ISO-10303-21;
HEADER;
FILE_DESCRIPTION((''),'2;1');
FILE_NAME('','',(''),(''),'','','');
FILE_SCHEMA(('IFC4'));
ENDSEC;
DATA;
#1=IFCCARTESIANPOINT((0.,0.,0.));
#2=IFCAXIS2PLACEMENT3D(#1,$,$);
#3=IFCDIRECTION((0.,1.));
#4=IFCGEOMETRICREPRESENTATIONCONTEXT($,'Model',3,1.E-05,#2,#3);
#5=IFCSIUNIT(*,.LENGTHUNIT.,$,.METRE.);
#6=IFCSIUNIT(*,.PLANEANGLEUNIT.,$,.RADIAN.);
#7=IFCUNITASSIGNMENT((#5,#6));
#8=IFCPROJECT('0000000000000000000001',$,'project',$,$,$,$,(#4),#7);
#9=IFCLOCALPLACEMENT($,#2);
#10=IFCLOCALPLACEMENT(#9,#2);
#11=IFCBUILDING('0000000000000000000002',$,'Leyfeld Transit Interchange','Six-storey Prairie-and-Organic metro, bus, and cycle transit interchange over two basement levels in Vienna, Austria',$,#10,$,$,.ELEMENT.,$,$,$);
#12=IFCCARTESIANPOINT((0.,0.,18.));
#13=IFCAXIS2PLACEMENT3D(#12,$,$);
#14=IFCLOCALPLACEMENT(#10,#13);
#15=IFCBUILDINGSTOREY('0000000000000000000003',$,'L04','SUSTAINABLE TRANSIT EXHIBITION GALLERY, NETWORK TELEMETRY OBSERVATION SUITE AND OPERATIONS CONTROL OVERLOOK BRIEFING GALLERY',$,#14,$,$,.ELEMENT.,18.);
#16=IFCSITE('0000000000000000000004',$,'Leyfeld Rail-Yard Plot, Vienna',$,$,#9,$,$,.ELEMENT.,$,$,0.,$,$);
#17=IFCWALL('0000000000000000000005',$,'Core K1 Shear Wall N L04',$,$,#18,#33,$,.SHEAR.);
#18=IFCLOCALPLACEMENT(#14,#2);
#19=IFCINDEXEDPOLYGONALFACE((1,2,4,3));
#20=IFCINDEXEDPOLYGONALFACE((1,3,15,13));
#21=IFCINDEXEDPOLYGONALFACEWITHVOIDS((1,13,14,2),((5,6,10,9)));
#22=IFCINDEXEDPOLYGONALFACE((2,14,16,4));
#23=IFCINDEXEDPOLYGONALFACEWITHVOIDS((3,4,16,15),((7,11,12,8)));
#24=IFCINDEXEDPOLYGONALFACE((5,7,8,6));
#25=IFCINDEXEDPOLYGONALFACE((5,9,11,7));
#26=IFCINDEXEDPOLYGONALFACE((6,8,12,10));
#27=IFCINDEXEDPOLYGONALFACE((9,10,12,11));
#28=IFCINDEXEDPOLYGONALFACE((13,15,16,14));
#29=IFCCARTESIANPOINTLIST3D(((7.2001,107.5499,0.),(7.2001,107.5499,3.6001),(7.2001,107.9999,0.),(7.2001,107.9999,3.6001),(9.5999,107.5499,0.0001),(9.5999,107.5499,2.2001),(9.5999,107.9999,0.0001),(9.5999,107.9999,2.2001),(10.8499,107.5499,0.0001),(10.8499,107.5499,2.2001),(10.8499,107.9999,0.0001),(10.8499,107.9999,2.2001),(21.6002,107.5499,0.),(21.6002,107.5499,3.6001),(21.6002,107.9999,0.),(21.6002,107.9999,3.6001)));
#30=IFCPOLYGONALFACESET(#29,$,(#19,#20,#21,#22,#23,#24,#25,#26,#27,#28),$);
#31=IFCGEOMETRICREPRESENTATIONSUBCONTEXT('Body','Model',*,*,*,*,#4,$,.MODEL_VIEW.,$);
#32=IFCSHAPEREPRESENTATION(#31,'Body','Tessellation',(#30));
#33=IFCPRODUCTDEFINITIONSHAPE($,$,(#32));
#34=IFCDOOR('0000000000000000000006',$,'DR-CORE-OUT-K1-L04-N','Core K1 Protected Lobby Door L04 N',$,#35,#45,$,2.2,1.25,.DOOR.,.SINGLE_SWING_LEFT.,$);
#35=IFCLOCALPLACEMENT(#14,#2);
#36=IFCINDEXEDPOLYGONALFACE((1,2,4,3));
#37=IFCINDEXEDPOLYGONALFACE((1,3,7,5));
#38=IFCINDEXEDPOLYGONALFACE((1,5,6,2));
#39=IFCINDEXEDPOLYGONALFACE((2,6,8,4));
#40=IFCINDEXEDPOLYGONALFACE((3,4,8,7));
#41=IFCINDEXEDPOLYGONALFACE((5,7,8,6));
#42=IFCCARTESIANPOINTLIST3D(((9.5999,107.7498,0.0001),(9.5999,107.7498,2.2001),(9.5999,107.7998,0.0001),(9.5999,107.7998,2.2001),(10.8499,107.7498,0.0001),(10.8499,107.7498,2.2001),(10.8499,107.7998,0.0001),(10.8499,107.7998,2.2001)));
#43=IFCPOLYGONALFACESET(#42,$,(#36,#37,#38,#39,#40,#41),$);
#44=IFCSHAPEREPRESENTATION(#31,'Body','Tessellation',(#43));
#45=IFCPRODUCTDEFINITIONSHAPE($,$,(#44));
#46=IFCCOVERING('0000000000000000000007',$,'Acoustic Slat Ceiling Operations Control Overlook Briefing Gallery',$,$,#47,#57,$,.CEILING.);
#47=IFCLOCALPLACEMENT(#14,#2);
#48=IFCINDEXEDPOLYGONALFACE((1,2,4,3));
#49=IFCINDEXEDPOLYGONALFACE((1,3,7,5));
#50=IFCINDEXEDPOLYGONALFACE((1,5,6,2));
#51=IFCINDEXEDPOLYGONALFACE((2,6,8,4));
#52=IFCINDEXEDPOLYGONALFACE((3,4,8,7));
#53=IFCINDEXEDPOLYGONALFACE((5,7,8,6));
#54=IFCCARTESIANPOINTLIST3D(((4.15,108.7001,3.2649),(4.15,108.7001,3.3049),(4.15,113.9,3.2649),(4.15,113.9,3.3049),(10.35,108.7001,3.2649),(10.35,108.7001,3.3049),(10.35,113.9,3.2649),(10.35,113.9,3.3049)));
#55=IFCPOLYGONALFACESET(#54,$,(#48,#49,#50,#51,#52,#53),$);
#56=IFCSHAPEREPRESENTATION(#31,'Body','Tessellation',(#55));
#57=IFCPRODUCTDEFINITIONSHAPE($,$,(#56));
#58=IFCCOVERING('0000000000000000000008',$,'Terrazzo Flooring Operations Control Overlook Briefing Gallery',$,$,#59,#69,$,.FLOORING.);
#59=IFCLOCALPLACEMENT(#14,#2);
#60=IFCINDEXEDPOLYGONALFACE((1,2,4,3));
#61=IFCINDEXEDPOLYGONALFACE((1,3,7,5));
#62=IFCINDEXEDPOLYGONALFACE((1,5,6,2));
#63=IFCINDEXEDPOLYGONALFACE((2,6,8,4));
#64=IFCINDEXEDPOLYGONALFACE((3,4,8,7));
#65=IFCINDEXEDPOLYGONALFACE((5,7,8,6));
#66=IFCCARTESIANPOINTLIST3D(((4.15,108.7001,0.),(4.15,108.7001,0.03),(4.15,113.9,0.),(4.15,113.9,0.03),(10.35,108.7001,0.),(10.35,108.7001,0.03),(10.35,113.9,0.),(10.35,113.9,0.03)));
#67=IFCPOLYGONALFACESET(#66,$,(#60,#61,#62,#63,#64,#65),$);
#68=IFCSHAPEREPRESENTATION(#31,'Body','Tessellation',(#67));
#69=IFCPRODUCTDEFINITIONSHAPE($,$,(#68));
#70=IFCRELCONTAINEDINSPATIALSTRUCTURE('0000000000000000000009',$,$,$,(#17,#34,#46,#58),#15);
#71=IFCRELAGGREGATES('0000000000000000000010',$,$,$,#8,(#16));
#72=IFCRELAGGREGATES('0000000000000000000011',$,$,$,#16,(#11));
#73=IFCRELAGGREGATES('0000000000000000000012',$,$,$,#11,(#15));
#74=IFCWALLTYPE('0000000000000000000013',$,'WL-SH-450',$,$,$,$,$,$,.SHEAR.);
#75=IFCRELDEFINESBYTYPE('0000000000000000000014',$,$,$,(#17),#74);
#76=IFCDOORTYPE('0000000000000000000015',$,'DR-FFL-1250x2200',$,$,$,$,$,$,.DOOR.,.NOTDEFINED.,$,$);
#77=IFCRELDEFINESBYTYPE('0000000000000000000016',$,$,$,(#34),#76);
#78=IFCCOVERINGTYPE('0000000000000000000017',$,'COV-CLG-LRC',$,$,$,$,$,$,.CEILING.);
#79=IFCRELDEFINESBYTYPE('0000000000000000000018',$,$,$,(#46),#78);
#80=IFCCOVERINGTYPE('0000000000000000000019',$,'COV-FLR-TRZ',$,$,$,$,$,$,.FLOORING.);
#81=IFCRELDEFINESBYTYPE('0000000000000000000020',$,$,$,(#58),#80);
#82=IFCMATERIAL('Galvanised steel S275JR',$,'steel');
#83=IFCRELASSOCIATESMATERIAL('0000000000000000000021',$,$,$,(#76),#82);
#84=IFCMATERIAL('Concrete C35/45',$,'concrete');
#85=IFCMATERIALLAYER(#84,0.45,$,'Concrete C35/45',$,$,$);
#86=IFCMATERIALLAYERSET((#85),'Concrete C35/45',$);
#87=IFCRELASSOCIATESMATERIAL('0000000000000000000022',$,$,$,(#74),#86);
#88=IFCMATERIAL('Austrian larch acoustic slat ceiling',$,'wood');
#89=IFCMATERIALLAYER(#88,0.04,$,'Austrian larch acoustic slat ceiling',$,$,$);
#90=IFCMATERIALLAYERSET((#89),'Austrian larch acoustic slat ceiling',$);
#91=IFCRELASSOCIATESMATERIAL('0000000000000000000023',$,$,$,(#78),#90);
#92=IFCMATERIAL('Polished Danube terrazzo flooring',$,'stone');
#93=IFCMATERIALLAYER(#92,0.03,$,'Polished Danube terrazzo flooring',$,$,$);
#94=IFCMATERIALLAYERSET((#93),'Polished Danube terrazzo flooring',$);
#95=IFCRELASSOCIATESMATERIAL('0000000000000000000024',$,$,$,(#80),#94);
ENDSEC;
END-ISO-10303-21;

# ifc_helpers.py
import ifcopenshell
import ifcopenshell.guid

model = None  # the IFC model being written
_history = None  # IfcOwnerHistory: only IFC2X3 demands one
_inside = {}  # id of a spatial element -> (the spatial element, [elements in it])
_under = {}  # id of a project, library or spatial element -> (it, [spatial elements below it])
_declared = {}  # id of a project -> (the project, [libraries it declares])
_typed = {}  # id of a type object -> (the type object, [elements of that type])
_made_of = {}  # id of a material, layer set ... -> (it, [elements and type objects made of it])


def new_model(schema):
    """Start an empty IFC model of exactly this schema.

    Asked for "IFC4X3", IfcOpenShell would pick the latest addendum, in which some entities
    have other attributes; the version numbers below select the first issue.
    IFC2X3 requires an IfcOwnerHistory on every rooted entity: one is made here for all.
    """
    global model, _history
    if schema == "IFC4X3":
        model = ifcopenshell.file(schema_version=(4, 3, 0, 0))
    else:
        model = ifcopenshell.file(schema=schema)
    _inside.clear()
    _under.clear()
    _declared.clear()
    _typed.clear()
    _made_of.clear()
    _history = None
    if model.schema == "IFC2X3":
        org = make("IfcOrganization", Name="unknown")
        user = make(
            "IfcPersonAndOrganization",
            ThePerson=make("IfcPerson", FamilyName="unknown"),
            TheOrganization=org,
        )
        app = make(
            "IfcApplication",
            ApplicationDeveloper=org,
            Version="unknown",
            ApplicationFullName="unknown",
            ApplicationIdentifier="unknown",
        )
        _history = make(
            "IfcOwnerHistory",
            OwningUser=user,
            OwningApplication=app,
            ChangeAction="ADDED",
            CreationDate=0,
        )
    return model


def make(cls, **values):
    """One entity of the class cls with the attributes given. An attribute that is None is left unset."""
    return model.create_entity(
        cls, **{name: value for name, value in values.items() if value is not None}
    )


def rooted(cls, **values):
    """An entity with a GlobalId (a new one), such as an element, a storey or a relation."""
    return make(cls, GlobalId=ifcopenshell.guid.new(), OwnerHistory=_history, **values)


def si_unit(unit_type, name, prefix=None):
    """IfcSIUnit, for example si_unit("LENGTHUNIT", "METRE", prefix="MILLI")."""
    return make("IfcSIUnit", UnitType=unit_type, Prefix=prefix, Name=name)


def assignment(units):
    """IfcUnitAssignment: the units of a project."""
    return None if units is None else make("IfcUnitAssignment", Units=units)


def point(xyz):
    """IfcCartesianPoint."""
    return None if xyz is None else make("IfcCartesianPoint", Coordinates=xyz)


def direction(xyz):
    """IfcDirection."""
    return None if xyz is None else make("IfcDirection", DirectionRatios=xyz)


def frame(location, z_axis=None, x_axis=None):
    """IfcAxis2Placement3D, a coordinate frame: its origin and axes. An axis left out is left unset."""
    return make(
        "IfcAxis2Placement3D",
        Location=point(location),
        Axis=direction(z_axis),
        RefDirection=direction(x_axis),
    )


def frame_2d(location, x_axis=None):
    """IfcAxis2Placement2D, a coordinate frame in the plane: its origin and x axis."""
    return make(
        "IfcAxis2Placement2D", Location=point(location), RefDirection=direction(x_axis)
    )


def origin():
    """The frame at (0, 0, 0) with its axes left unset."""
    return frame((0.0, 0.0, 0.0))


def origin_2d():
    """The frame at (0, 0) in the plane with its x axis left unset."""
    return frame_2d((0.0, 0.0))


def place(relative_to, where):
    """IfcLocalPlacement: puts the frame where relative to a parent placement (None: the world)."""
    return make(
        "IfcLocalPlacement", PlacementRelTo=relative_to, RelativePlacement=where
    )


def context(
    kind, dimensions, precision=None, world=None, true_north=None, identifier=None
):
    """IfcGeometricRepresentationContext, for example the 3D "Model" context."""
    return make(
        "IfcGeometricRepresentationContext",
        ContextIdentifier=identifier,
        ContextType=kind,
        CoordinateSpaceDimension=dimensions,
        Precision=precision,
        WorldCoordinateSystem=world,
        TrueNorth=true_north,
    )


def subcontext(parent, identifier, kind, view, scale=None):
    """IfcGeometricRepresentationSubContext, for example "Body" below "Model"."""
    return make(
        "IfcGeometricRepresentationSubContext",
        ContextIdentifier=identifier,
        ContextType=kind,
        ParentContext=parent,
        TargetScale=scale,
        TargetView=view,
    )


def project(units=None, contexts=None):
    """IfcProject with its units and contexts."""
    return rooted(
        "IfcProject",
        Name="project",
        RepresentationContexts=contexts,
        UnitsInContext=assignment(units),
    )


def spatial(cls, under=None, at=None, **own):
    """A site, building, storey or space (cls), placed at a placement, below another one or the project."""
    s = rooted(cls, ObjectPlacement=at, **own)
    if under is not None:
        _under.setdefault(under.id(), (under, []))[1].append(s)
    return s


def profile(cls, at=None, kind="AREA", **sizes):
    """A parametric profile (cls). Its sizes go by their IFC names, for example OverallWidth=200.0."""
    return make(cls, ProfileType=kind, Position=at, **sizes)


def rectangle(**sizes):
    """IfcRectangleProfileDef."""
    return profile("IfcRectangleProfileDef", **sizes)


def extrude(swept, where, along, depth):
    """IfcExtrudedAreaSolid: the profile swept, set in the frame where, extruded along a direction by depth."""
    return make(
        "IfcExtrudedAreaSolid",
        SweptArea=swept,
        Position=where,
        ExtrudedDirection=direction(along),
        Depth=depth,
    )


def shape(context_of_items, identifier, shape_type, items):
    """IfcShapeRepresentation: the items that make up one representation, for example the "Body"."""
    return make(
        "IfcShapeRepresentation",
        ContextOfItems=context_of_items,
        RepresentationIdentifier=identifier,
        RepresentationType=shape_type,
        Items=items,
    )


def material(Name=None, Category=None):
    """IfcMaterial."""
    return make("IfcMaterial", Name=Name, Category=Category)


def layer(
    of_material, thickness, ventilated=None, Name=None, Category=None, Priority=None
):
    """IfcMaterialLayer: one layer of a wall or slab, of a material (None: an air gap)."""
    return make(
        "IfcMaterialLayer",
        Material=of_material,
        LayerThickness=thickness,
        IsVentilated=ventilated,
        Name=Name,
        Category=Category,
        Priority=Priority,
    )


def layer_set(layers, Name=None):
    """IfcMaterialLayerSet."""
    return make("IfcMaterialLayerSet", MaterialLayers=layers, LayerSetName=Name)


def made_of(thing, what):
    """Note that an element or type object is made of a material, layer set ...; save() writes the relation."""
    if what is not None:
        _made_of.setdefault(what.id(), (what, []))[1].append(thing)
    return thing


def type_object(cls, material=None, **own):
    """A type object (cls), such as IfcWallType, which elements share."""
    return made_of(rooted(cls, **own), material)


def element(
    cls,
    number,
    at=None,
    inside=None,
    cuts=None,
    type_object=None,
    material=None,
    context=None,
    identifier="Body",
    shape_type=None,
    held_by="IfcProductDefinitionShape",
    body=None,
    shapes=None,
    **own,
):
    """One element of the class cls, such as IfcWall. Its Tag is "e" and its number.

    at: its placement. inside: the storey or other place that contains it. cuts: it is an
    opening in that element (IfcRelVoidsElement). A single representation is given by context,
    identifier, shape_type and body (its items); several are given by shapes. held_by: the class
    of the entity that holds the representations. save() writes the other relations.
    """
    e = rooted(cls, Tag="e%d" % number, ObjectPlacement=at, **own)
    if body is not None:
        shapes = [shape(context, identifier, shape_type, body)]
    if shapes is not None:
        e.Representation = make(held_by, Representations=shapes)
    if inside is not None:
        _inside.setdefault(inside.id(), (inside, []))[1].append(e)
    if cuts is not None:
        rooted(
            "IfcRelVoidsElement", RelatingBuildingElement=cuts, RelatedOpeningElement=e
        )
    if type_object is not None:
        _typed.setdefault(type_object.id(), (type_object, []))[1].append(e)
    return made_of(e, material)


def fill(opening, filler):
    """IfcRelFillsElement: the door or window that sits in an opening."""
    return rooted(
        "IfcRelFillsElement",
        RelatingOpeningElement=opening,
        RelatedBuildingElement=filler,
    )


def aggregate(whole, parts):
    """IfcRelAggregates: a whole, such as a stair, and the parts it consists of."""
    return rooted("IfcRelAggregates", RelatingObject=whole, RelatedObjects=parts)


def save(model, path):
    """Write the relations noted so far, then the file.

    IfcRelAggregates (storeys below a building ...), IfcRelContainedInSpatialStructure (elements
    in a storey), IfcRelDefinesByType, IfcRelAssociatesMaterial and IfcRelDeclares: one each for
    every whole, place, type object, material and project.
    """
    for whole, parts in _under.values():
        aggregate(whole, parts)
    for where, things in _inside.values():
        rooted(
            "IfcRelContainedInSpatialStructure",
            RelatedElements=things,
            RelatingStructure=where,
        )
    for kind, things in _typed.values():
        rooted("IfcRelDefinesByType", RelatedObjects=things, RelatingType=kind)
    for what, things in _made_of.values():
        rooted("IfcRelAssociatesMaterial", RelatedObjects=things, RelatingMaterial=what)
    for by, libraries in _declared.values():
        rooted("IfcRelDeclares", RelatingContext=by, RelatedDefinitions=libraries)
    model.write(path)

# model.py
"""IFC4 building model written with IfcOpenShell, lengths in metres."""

from ifc_helpers import new_model, si_unit, direction, frame, frame_2d, origin, origin_2d, place, context, subcontext, project, spatial, rectangle, extrude, material, layer, layer_set, type_object, element, fill, save


model = new_model("IFC4")

# Units and contexts
model_context = context("Model", 3, precision=1e-05, world=origin(), true_north=direction((0.0, 1.0)))
body_context = subcontext(model_context, "Body", "Model", "MODEL_VIEW")
ifc_project = project(units=[si_unit("LENGTHUNIT", "METRE"), si_unit("PLANEANGLEUNIT", "RADIAN")], contexts=[model_context])

# Site, building, storey
site_placement = place(None, origin())
site = spatial("IfcSite", under=ifc_project, at=site_placement, Name="Leyfeld Rail-Yard Plot, Vienna", CompositionType="ELEMENT", RefElevation=0.0)
building_placement = place(site_placement, origin())
building = spatial("IfcBuilding", under=site, at=building_placement, Name="Leyfeld Transit Interchange", Description="Six-storey Prairie-and-Organic metro, bus, and cycle transit interchange over two basement levels in Vienna, Austria", CompositionType="ELEMENT")
storey_placement = place(building_placement, frame((0.0, 0.0, 18.0)))
storey = spatial("IfcBuildingStorey", under=building, at=storey_placement, Name="L04", Description="SUSTAINABLE TRANSIT EXHIBITION GALLERY, NETWORK TELEMETRY OBSERVATION SUITE AND OPERATIONS CONTROL OVERLOOK BRIEFING GALLERY", CompositionType="ELEMENT", Elevation=18.0)

# Wall, opening, door
ifc_material_1 = material(Name="Concrete C35/45", Category="concrete")
ifc_material_2 = material(Name="Galvanised steel S275JR", Category="steel")
door_type_1 = type_object("IfcDoorType", Name="DR-FFL-1250x2200", OperationType="NOTDEFINED", PredefinedType="DOOR", material=ifc_material_2)
ifc_layer_1 = layer(ifc_material_1, 0.45, Name="Concrete C35/45")
ifc_layer_set_1 = layer_set([ifc_layer_1], Name="Concrete C35/45")
wall_type_1 = type_object("IfcWallType", Name="WL-SH-450", PredefinedType="SHEAR", material=ifc_layer_set_1)
wall_1_placement = place(storey_placement, frame((7.2, 107.7749, 0.0), z_axis=(0.0, 0.0, 1.0), x_axis=(1.0, 0.0, 0.0)))
wall_1 = element("IfcWall", 1, at=wall_1_placement, inside=storey, type_object=wall_type_1, Name="Core K1 Shear Wall N L04", PredefinedType="SHEAR", context=body_context, shape_type="SweptSolid", body=[
    extrude(rectangle(XDim=14.4001, YDim=0.45, at=frame_2d((7.2002, 0.0))), origin(), (0.0, 0.0, 1.0), 3.6001),
])
opening_1_placement = place(wall_1_placement, frame((2.3999, 0.0, 0.0)))
opening_1 = element("IfcOpeningElement", 2, at=opening_1_placement, cuts=wall_1, PredefinedType="OPENING", context=body_context, shape_type="SweptSolid", body=[
    extrude(rectangle(XDim=1.25, YDim=2.2, at=frame_2d((0.625, 1.1001))), frame((0.0, 0.2349, 0.0), z_axis=(0.0, -1.0, 0.0), x_axis=(1.0, 0.0, 0.0)), (0.0, 0.0, 1.0), 0.47),
])
door_1_placement = place(opening_1_placement, origin())
door_1 = element("IfcDoor", 3, at=door_1_placement, inside=storey, type_object=door_type_1, Name="DR-CORE-OUT-K1-L04-N", Description="Core K1 Protected Lobby Door L04 N", OperationType="SINGLE_SWING_LEFT", OverallHeight=2.2, OverallWidth=1.25, PredefinedType="DOOR", context=body_context, shape_type="SweptSolid", body=[
    extrude(rectangle(XDim=1.25, YDim=2.2, at=frame_2d((0.625, 1.1001))), frame((0.0, 0.0249, 0.0), z_axis=(0.0, -1.0, 0.0), x_axis=(1.0, 0.0, 0.0)), (0.0, 0.0, 1.0), 0.05),
])
fill(opening_1, door_1)

# Coverings
ifc_material_3 = material(Name="Austrian larch acoustic slat ceiling", Category="wood")
ifc_layer_2 = layer(ifc_material_3, 0.04, Name="Austrian larch acoustic slat ceiling")
ifc_layer_set_2 = layer_set([ifc_layer_2], Name="Austrian larch acoustic slat ceiling")
covering_type_1 = type_object("IfcCoveringType", Name="COV-CLG-LRC", PredefinedType="CEILING", material=ifc_layer_set_2)
covering_1_placement = place(storey_placement, frame((7.25, 111.3, 3.2649), z_axis=(0.0, 0.0, 1.0), x_axis=(1.0, 0.0, 0.0)))
element("IfcCovering", 4, at=covering_1_placement, inside=storey, type_object=covering_type_1, Name="Acoustic Slat Ceiling Operations Control Overlook Briefing Gallery", PredefinedType="CEILING", context=body_context, shape_type="SweptSolid", body=[
    extrude(rectangle(XDim=6.2, YDim=5.2, at=origin_2d()), origin(), (0.0, 0.0, 1.0), 0.04),
])
ifc_material_4 = material(Name="Polished Danube terrazzo flooring", Category="stone")
ifc_layer_3 = layer(ifc_material_4, 0.03, Name="Polished Danube terrazzo flooring")
ifc_layer_set_3 = layer_set([ifc_layer_3], Name="Polished Danube terrazzo flooring")
covering_type_2 = type_object("IfcCoveringType", Name="COV-FLR-TRZ", PredefinedType="FLOORING", material=ifc_layer_set_3)
covering_2_placement = place(storey_placement, frame((7.25, 111.3, 0.0), z_axis=(0.0, 0.0, 1.0), x_axis=(1.0, 0.0, 0.0)))
element("IfcCovering", 5, at=covering_2_placement, inside=storey, type_object=covering_type_2, Name="Terrazzo Flooring Operations Control Overlook Briefing Gallery", PredefinedType="FLOORING", context=body_context, shape_type="SweptSolid", body=[
    extrude(rectangle(XDim=6.2, YDim=5.2, at=origin_2d()), origin(), (0.0, 0.0, 1.0), 0.03),
])

save(model, "model.ifc")
